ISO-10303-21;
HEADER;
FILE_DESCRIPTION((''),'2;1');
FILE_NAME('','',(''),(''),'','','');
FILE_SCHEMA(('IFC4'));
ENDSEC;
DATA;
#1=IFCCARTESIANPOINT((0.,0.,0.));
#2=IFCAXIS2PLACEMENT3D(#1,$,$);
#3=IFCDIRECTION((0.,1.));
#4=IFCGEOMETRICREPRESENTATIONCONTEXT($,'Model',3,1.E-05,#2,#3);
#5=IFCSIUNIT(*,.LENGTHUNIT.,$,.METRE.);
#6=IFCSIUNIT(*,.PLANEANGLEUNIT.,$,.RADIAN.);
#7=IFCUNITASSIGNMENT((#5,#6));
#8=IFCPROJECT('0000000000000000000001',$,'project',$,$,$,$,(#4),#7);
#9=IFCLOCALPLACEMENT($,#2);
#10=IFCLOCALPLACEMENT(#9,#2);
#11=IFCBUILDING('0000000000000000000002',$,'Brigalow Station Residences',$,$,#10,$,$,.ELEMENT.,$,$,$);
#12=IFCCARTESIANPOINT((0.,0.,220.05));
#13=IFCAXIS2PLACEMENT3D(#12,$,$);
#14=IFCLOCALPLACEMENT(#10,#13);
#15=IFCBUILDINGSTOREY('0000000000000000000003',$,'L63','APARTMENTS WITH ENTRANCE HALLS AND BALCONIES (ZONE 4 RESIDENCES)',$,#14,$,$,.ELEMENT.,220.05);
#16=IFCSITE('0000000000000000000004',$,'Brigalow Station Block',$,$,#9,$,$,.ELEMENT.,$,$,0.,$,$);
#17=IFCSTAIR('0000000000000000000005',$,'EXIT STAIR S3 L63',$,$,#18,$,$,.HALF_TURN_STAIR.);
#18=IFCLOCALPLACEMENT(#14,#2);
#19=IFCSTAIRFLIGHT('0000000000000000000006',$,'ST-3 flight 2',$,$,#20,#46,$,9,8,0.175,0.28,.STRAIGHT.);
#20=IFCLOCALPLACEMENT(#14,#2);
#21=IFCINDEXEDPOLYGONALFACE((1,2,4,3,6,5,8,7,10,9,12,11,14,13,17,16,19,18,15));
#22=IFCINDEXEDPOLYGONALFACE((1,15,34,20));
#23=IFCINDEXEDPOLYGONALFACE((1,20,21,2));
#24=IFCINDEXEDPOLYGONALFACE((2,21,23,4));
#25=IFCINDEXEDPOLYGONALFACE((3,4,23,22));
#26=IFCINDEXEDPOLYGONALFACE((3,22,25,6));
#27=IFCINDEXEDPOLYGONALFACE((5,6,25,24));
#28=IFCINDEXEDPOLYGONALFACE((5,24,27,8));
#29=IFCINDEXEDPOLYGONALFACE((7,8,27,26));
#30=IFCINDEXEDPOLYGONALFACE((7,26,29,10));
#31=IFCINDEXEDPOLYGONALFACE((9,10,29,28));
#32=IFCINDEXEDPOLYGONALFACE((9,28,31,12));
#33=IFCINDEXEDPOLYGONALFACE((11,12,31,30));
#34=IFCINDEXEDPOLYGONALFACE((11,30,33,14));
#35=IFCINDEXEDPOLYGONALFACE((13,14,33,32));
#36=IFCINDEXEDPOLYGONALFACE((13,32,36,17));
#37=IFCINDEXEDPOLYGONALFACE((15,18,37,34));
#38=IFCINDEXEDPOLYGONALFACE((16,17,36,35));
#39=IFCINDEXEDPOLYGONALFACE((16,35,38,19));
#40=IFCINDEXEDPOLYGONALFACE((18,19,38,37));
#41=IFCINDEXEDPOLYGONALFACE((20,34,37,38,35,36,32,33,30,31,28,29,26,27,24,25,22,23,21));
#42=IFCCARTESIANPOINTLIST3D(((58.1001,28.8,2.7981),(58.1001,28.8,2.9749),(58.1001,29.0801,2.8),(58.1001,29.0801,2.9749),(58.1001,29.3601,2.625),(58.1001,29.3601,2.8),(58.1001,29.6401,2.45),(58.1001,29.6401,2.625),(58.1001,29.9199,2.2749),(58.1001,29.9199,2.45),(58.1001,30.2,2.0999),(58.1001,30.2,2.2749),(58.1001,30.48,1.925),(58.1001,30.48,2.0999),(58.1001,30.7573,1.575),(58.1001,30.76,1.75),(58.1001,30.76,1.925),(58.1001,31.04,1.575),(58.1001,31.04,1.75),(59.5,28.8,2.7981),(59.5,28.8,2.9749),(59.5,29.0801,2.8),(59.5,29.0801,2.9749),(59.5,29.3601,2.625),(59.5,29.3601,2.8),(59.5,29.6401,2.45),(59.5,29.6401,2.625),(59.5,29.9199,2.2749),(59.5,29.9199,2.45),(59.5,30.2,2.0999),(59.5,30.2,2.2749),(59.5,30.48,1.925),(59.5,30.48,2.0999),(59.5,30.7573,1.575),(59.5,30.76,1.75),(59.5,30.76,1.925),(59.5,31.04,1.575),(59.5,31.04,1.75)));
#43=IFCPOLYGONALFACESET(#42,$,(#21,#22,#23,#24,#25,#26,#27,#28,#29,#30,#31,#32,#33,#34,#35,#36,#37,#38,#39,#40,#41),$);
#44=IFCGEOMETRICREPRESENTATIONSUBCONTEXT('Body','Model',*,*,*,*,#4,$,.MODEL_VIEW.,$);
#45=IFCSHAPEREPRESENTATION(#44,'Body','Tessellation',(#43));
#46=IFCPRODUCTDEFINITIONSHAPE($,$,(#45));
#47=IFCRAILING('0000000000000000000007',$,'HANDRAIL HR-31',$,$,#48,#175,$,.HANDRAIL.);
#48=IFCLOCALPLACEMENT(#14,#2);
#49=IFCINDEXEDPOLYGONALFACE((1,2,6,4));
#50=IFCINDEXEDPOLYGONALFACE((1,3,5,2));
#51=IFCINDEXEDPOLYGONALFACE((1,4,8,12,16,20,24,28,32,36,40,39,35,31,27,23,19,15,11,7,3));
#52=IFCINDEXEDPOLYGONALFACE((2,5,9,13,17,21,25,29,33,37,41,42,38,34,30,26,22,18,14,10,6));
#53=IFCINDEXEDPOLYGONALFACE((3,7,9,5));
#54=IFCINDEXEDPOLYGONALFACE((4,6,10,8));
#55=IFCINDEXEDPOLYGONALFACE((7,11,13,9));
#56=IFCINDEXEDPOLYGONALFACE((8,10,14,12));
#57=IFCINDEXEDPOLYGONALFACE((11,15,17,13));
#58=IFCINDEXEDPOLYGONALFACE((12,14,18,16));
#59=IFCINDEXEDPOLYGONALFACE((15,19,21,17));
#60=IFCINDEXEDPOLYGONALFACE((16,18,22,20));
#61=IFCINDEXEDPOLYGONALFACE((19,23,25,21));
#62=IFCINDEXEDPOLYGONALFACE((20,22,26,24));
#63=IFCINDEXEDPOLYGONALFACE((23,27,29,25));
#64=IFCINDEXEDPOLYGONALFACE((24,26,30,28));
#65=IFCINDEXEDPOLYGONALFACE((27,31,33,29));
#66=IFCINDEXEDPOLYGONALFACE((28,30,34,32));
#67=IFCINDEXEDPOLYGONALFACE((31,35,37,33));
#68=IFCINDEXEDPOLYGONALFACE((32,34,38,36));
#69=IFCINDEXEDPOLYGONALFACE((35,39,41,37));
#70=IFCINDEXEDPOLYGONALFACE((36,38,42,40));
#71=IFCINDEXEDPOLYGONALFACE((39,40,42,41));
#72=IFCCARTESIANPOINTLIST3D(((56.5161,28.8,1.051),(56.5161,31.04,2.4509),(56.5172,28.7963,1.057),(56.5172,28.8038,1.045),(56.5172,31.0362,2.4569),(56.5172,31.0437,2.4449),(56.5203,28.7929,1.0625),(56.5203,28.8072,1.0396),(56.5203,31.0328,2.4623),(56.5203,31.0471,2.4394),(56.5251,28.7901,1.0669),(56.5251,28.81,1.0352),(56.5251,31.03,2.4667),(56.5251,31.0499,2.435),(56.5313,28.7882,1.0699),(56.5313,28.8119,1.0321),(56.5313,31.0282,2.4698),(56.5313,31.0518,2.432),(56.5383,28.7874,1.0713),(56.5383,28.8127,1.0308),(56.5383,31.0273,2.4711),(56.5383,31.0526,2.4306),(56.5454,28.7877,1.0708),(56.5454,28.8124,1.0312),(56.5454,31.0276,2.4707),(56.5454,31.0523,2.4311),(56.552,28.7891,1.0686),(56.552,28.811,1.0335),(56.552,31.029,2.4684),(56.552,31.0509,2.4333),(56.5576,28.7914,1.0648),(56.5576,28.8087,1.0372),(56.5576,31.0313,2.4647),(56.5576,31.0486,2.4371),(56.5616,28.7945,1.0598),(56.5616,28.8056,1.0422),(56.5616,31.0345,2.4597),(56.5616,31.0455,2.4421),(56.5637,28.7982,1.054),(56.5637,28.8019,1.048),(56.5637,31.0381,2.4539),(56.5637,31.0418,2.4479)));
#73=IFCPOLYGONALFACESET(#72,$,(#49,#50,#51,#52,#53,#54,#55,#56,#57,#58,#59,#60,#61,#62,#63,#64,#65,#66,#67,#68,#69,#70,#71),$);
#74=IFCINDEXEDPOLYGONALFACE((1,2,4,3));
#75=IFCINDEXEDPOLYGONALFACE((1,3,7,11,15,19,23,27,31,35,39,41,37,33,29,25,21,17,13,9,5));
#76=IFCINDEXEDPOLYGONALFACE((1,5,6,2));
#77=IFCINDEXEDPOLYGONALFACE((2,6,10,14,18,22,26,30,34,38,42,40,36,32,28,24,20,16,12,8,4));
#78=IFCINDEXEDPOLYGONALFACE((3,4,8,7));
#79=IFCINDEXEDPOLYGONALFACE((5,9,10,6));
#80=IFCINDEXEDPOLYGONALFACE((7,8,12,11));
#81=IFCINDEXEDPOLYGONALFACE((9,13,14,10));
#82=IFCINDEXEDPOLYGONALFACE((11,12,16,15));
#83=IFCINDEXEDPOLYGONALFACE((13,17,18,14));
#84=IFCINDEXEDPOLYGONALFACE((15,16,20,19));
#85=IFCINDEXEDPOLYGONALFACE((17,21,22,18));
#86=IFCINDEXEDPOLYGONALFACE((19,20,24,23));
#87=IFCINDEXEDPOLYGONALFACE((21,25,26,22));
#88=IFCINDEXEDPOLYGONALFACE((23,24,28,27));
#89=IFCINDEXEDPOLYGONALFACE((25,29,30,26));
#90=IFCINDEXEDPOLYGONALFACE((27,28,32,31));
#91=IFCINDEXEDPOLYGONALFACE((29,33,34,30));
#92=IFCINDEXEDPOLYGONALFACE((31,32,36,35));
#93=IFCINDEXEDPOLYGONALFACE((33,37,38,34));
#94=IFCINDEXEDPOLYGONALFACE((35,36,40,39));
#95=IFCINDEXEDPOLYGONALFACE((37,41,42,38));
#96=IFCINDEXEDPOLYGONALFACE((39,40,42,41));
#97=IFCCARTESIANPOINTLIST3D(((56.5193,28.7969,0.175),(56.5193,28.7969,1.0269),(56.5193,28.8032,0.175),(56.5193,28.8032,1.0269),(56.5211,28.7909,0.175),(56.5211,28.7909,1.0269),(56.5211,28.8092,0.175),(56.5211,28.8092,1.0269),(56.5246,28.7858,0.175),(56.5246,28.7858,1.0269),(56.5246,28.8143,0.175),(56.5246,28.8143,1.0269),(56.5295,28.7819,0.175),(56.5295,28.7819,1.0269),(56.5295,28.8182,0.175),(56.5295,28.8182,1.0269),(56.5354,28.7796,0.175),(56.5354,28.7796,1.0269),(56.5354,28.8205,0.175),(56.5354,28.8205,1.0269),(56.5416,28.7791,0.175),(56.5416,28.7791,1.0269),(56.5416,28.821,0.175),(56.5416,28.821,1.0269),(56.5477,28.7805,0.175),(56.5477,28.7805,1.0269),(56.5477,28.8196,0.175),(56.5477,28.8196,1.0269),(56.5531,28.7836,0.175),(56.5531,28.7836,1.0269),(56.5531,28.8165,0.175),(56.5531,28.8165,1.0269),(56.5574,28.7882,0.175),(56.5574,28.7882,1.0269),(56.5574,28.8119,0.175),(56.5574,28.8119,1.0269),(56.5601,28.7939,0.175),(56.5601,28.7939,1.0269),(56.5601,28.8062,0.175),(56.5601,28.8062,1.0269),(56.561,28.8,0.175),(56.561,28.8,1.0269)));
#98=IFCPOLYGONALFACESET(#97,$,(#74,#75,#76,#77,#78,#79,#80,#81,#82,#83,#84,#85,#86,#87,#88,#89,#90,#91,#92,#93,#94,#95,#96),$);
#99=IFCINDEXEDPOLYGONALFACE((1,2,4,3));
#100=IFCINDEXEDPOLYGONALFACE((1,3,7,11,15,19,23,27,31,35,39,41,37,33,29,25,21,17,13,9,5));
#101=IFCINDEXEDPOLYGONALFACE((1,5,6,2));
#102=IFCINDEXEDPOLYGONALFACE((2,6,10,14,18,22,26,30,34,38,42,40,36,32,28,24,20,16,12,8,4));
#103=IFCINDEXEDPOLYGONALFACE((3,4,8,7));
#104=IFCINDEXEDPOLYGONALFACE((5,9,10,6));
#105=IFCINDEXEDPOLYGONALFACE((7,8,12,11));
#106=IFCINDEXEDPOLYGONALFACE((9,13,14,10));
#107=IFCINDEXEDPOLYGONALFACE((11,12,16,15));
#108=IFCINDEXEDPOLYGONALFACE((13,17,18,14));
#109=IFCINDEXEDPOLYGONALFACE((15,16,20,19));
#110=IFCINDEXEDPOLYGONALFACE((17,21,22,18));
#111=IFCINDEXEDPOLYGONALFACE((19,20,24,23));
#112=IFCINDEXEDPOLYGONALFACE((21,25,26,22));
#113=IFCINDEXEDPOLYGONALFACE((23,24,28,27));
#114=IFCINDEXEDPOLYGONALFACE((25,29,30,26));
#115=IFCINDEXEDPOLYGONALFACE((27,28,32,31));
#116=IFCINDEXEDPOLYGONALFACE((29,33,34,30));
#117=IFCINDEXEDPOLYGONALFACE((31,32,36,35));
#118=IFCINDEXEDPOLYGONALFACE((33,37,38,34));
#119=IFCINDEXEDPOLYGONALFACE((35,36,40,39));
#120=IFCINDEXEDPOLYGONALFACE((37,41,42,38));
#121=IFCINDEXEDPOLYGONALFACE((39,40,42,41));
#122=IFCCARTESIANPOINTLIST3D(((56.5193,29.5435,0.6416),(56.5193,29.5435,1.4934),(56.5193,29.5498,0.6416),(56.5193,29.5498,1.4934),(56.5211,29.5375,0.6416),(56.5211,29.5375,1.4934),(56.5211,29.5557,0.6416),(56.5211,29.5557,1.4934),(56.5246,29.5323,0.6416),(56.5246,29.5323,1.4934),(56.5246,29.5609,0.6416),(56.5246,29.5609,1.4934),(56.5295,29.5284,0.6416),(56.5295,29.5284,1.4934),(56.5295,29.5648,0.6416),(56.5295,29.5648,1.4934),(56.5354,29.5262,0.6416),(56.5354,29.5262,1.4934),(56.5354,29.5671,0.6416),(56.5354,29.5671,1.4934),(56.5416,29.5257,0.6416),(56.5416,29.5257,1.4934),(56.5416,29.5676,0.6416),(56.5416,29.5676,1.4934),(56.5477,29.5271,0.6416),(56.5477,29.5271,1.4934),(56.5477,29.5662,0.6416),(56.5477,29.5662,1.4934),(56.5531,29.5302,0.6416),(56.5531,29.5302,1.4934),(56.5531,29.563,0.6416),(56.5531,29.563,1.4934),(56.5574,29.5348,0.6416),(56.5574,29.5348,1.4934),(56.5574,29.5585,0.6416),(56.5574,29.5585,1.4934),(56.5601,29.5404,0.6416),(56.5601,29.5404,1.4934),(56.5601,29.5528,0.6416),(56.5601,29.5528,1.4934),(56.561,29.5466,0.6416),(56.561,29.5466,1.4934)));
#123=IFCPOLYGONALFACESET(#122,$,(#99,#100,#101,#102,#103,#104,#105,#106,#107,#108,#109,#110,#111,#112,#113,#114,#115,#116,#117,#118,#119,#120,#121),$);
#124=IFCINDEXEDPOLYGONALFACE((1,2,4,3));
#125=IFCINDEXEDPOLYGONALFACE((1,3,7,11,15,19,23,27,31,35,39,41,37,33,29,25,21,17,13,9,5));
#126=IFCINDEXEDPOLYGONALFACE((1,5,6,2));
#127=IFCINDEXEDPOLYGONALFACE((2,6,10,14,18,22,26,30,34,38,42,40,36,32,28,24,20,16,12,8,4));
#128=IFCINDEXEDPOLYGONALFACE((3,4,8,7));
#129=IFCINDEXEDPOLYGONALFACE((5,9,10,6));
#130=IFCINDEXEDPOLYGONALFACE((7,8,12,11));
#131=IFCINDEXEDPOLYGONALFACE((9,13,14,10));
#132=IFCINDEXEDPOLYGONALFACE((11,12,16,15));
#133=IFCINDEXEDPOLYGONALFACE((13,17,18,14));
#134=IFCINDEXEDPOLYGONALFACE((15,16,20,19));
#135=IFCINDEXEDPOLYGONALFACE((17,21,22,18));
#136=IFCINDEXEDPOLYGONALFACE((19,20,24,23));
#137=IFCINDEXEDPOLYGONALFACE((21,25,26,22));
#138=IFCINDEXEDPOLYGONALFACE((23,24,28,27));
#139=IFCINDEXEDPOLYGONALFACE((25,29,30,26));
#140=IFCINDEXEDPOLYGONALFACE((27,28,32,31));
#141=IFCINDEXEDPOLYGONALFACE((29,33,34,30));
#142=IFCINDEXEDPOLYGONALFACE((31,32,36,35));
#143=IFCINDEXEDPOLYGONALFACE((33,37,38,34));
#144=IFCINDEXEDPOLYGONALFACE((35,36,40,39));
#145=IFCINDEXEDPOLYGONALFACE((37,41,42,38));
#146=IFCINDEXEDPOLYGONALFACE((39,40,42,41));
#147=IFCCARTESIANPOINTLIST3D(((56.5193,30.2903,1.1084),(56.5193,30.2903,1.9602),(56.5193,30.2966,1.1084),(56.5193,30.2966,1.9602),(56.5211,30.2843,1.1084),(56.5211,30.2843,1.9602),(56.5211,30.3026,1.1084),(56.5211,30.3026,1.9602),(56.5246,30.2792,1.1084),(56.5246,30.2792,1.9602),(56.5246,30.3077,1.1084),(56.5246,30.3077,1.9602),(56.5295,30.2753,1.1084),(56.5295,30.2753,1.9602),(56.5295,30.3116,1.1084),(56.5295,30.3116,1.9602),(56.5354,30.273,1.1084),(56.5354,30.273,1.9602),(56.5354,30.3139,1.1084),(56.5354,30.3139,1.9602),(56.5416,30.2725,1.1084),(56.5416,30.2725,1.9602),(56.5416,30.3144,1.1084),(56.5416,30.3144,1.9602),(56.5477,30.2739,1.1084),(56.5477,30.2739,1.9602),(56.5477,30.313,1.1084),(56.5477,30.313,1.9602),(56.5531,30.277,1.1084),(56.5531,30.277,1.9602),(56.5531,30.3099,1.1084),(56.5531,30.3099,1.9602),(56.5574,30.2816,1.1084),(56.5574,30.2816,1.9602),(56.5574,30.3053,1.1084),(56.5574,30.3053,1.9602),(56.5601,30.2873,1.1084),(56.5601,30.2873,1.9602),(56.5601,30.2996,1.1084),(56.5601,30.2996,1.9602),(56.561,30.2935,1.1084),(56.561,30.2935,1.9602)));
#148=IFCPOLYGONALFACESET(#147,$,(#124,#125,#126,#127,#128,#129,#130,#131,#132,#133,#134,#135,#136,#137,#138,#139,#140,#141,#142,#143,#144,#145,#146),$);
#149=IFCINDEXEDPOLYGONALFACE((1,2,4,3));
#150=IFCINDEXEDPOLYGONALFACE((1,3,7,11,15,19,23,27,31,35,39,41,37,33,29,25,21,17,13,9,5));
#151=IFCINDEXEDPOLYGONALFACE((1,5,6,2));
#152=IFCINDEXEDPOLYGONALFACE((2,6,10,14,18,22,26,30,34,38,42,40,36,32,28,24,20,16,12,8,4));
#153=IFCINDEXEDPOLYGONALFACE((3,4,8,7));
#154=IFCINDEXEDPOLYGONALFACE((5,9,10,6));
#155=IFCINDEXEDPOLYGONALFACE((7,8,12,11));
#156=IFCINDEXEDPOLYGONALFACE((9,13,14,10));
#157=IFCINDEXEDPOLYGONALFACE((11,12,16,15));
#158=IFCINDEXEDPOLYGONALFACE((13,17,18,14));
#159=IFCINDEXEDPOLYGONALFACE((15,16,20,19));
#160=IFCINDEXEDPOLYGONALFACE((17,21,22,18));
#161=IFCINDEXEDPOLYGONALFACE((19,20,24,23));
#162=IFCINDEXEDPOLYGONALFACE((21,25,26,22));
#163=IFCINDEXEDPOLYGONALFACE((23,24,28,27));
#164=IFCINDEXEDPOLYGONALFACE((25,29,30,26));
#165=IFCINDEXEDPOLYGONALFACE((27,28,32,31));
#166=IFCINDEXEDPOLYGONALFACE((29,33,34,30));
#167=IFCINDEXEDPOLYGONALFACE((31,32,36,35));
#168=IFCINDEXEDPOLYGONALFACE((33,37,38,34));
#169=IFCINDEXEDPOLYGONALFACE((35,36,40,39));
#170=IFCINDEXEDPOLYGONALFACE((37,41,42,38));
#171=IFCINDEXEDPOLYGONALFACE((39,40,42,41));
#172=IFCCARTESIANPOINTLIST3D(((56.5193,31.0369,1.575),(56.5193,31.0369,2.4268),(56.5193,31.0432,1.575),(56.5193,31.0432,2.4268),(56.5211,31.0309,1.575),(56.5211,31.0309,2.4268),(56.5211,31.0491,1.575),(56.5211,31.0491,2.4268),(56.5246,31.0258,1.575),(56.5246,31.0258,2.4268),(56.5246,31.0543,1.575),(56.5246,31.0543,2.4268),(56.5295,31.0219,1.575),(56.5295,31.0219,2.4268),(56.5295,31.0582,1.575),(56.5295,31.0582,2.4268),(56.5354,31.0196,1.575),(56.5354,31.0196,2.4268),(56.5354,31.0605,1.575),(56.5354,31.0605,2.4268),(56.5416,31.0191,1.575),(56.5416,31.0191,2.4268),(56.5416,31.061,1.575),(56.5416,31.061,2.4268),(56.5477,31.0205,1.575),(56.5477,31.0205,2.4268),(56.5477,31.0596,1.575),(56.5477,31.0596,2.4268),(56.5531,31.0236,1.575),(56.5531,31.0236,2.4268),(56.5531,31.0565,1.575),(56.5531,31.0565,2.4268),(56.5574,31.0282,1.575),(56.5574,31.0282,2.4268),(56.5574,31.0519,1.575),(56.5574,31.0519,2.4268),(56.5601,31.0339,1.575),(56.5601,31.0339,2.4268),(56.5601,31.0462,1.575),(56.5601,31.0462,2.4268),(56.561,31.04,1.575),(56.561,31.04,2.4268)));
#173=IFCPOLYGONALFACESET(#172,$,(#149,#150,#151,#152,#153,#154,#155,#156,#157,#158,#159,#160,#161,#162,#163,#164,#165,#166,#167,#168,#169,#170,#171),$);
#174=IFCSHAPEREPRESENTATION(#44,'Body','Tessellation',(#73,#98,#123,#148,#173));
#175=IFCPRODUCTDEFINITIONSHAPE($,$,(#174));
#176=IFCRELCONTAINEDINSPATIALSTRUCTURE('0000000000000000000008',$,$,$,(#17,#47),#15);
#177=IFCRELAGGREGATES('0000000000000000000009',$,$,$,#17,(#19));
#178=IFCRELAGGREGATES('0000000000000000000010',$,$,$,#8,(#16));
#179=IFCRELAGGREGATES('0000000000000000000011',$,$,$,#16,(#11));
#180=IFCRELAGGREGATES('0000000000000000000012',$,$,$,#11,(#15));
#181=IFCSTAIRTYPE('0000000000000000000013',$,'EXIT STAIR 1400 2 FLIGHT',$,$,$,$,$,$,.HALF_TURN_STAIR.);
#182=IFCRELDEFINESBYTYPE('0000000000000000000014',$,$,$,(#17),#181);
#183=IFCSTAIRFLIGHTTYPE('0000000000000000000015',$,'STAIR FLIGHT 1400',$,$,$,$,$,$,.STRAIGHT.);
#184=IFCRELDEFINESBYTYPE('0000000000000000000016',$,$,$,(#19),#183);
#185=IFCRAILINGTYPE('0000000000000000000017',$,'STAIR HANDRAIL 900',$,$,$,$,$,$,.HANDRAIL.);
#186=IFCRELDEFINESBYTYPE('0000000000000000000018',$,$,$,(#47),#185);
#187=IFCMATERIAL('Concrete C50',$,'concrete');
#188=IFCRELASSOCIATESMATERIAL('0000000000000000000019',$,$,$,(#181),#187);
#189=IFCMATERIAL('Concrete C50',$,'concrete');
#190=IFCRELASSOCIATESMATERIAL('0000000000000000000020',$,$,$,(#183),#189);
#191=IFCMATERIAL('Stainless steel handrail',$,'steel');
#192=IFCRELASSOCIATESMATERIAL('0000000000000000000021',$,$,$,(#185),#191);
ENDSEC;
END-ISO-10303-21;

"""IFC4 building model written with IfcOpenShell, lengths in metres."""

from ifc_helpers import new_model, si_unit, direction, frame, origin, origin_2d, place, context, subcontext, project, spatial, polyline, circle, outline, extrude, material, type_object, element, aggregate, save


model = new_model("IFC4")

# Units and contexts
model_context = context("Model", 3, precision=1e-05, world=origin(), true_north=direction((0.0, 1.0)))
body_context = subcontext(model_context, "Body", "Model", "MODEL_VIEW")
ifc_project = project(units=[si_unit("LENGTHUNIT", "METRE"), si_unit("PLANEANGLEUNIT", "RADIAN")], contexts=[model_context])

# Site, building, storey
site_placement = place(None, origin())
site = spatial("IfcSite", under=ifc_project, at=site_placement, Name="Brigalow Station Block", CompositionType="ELEMENT", RefElevation=0.0)
building_placement = place(site_placement, origin())
building = spatial("IfcBuilding", under=site, at=building_placement, Name="Brigalow Station Residences", CompositionType="ELEMENT")
storey_placement = place(building_placement, frame((0.0, 0.0, 220.05)))
storey = spatial("IfcBuildingStorey", under=building, at=storey_placement, Name="L63", Description="APARTMENTS WITH ENTRANCE HALLS AND BALCONIES (ZONE 4 RESIDENCES)", CompositionType="ELEMENT", Elevation=220.05)

# Stair, stair flight
ifc_material_1 = material(Name="Concrete C50", Category="concrete")
stair_type = type_object("IfcStairType", Name="EXIT STAIR 1400 2 FLIGHT", PredefinedType="HALF_TURN_STAIR", material=ifc_material_1)
stair_placement = place(storey_placement, origin())
stair = element("IfcStair", 1, at=stair_placement, inside=storey, type_object=stair_type, Name="EXIT STAIR S3 L63", PredefinedType="HALF_TURN_STAIR")
ifc_material_2 = material(Name="Concrete C50", Category="concrete")
stair_flight_type = type_object("IfcStairFlightType", Name="STAIR FLIGHT 1400", PredefinedType="STRAIGHT", material=ifc_material_2)
stair_flight_1_placement = place(storey_placement, frame((58.8, 31.04, 1.575), z_axis=(0.0, 0.0, 1.0), x_axis=(0.0, -1.0, 0.0)))
stair_flight_1 = element("IfcStairFlight", 2, at=stair_flight_1_placement, type_object=stair_flight_type, Name="ST-3 flight 2", NumberOfRisers=9, NumberOfTreads=8, PredefinedType="STRAIGHT", RiserHeight=0.175, TreadLength=0.28, context=body_context, shape_type="SweptSolid", body=[
    extrude(outline(polyline([(0.0, 0.0), (0.0, 0.175), (0.28, 0.175), (0.28, 0.3501), (0.5601, 0.3501), (0.5601, 0.5249), (0.8401, 0.5249), (0.8401, 0.7), (1.1201, 0.7), (1.1201, 0.875), (1.3999, 0.875), (1.3999, 1.05), (1.6799, 1.05), (1.6799, 1.2251), (1.96, 1.2251), (1.96, 1.3999), (2.24, 1.3999), (2.24, 1.575), (2.24, 1.2231), (0.2827, 0.0), (0.0, 0.0)])), frame((0.0, 0.7, 0.0), z_axis=(0.0, -1.0, 0.0), x_axis=(1.0, 0.0, 0.0)), (0.0, 0.0, 1.0), 1.3999),
])
aggregate(stair, [stair_flight_1])

# Railing
ifc_material_3 = material(Name="Stainless steel handrail", Category="steel")
railing_type_1 = type_object("IfcRailingType", Name="STAIR HANDRAIL 900", PredefinedType="HANDRAIL", material=ifc_material_3)
railing_1_placement = place(storey_placement, frame((56.54, 28.8, 0.175)))
element("IfcRailing", 3, at=railing_1_placement, inside=storey, type_object=railing_type_1, Name="HANDRAIL HR-31", PredefinedType="HANDRAIL", context=body_context, shape_type="SweptSolid", body=[
    extrude(circle(Radius=0.0239, at=origin_2d()), frame((0.0, 0.0, 0.876), z_axis=(0.0, 0.848014, 0.529974), x_axis=(-1.0, 0.0, 0.0)), (0.0, 0.0, 1.0), 2.6414),
    extrude(circle(Radius=0.021, at=origin_2d()), origin(), (0.0, 0.0, 1.0), 0.8518),
    extrude(circle(Radius=0.021, at=origin_2d()), frame((0.0, 0.7466, 0.4666)), (0.0, 0.0, 1.0), 0.8518),
    extrude(circle(Radius=0.021, at=origin_2d()), frame((0.0, 1.4934, 0.9333)), (0.0, 0.0, 1.0), 0.8518),
    extrude(circle(Radius=0.021, at=origin_2d()), frame((0.0, 2.24, 1.3999)), (0.0, 0.0, 1.0), 0.8518),
])

save(model, "model.ifc")
